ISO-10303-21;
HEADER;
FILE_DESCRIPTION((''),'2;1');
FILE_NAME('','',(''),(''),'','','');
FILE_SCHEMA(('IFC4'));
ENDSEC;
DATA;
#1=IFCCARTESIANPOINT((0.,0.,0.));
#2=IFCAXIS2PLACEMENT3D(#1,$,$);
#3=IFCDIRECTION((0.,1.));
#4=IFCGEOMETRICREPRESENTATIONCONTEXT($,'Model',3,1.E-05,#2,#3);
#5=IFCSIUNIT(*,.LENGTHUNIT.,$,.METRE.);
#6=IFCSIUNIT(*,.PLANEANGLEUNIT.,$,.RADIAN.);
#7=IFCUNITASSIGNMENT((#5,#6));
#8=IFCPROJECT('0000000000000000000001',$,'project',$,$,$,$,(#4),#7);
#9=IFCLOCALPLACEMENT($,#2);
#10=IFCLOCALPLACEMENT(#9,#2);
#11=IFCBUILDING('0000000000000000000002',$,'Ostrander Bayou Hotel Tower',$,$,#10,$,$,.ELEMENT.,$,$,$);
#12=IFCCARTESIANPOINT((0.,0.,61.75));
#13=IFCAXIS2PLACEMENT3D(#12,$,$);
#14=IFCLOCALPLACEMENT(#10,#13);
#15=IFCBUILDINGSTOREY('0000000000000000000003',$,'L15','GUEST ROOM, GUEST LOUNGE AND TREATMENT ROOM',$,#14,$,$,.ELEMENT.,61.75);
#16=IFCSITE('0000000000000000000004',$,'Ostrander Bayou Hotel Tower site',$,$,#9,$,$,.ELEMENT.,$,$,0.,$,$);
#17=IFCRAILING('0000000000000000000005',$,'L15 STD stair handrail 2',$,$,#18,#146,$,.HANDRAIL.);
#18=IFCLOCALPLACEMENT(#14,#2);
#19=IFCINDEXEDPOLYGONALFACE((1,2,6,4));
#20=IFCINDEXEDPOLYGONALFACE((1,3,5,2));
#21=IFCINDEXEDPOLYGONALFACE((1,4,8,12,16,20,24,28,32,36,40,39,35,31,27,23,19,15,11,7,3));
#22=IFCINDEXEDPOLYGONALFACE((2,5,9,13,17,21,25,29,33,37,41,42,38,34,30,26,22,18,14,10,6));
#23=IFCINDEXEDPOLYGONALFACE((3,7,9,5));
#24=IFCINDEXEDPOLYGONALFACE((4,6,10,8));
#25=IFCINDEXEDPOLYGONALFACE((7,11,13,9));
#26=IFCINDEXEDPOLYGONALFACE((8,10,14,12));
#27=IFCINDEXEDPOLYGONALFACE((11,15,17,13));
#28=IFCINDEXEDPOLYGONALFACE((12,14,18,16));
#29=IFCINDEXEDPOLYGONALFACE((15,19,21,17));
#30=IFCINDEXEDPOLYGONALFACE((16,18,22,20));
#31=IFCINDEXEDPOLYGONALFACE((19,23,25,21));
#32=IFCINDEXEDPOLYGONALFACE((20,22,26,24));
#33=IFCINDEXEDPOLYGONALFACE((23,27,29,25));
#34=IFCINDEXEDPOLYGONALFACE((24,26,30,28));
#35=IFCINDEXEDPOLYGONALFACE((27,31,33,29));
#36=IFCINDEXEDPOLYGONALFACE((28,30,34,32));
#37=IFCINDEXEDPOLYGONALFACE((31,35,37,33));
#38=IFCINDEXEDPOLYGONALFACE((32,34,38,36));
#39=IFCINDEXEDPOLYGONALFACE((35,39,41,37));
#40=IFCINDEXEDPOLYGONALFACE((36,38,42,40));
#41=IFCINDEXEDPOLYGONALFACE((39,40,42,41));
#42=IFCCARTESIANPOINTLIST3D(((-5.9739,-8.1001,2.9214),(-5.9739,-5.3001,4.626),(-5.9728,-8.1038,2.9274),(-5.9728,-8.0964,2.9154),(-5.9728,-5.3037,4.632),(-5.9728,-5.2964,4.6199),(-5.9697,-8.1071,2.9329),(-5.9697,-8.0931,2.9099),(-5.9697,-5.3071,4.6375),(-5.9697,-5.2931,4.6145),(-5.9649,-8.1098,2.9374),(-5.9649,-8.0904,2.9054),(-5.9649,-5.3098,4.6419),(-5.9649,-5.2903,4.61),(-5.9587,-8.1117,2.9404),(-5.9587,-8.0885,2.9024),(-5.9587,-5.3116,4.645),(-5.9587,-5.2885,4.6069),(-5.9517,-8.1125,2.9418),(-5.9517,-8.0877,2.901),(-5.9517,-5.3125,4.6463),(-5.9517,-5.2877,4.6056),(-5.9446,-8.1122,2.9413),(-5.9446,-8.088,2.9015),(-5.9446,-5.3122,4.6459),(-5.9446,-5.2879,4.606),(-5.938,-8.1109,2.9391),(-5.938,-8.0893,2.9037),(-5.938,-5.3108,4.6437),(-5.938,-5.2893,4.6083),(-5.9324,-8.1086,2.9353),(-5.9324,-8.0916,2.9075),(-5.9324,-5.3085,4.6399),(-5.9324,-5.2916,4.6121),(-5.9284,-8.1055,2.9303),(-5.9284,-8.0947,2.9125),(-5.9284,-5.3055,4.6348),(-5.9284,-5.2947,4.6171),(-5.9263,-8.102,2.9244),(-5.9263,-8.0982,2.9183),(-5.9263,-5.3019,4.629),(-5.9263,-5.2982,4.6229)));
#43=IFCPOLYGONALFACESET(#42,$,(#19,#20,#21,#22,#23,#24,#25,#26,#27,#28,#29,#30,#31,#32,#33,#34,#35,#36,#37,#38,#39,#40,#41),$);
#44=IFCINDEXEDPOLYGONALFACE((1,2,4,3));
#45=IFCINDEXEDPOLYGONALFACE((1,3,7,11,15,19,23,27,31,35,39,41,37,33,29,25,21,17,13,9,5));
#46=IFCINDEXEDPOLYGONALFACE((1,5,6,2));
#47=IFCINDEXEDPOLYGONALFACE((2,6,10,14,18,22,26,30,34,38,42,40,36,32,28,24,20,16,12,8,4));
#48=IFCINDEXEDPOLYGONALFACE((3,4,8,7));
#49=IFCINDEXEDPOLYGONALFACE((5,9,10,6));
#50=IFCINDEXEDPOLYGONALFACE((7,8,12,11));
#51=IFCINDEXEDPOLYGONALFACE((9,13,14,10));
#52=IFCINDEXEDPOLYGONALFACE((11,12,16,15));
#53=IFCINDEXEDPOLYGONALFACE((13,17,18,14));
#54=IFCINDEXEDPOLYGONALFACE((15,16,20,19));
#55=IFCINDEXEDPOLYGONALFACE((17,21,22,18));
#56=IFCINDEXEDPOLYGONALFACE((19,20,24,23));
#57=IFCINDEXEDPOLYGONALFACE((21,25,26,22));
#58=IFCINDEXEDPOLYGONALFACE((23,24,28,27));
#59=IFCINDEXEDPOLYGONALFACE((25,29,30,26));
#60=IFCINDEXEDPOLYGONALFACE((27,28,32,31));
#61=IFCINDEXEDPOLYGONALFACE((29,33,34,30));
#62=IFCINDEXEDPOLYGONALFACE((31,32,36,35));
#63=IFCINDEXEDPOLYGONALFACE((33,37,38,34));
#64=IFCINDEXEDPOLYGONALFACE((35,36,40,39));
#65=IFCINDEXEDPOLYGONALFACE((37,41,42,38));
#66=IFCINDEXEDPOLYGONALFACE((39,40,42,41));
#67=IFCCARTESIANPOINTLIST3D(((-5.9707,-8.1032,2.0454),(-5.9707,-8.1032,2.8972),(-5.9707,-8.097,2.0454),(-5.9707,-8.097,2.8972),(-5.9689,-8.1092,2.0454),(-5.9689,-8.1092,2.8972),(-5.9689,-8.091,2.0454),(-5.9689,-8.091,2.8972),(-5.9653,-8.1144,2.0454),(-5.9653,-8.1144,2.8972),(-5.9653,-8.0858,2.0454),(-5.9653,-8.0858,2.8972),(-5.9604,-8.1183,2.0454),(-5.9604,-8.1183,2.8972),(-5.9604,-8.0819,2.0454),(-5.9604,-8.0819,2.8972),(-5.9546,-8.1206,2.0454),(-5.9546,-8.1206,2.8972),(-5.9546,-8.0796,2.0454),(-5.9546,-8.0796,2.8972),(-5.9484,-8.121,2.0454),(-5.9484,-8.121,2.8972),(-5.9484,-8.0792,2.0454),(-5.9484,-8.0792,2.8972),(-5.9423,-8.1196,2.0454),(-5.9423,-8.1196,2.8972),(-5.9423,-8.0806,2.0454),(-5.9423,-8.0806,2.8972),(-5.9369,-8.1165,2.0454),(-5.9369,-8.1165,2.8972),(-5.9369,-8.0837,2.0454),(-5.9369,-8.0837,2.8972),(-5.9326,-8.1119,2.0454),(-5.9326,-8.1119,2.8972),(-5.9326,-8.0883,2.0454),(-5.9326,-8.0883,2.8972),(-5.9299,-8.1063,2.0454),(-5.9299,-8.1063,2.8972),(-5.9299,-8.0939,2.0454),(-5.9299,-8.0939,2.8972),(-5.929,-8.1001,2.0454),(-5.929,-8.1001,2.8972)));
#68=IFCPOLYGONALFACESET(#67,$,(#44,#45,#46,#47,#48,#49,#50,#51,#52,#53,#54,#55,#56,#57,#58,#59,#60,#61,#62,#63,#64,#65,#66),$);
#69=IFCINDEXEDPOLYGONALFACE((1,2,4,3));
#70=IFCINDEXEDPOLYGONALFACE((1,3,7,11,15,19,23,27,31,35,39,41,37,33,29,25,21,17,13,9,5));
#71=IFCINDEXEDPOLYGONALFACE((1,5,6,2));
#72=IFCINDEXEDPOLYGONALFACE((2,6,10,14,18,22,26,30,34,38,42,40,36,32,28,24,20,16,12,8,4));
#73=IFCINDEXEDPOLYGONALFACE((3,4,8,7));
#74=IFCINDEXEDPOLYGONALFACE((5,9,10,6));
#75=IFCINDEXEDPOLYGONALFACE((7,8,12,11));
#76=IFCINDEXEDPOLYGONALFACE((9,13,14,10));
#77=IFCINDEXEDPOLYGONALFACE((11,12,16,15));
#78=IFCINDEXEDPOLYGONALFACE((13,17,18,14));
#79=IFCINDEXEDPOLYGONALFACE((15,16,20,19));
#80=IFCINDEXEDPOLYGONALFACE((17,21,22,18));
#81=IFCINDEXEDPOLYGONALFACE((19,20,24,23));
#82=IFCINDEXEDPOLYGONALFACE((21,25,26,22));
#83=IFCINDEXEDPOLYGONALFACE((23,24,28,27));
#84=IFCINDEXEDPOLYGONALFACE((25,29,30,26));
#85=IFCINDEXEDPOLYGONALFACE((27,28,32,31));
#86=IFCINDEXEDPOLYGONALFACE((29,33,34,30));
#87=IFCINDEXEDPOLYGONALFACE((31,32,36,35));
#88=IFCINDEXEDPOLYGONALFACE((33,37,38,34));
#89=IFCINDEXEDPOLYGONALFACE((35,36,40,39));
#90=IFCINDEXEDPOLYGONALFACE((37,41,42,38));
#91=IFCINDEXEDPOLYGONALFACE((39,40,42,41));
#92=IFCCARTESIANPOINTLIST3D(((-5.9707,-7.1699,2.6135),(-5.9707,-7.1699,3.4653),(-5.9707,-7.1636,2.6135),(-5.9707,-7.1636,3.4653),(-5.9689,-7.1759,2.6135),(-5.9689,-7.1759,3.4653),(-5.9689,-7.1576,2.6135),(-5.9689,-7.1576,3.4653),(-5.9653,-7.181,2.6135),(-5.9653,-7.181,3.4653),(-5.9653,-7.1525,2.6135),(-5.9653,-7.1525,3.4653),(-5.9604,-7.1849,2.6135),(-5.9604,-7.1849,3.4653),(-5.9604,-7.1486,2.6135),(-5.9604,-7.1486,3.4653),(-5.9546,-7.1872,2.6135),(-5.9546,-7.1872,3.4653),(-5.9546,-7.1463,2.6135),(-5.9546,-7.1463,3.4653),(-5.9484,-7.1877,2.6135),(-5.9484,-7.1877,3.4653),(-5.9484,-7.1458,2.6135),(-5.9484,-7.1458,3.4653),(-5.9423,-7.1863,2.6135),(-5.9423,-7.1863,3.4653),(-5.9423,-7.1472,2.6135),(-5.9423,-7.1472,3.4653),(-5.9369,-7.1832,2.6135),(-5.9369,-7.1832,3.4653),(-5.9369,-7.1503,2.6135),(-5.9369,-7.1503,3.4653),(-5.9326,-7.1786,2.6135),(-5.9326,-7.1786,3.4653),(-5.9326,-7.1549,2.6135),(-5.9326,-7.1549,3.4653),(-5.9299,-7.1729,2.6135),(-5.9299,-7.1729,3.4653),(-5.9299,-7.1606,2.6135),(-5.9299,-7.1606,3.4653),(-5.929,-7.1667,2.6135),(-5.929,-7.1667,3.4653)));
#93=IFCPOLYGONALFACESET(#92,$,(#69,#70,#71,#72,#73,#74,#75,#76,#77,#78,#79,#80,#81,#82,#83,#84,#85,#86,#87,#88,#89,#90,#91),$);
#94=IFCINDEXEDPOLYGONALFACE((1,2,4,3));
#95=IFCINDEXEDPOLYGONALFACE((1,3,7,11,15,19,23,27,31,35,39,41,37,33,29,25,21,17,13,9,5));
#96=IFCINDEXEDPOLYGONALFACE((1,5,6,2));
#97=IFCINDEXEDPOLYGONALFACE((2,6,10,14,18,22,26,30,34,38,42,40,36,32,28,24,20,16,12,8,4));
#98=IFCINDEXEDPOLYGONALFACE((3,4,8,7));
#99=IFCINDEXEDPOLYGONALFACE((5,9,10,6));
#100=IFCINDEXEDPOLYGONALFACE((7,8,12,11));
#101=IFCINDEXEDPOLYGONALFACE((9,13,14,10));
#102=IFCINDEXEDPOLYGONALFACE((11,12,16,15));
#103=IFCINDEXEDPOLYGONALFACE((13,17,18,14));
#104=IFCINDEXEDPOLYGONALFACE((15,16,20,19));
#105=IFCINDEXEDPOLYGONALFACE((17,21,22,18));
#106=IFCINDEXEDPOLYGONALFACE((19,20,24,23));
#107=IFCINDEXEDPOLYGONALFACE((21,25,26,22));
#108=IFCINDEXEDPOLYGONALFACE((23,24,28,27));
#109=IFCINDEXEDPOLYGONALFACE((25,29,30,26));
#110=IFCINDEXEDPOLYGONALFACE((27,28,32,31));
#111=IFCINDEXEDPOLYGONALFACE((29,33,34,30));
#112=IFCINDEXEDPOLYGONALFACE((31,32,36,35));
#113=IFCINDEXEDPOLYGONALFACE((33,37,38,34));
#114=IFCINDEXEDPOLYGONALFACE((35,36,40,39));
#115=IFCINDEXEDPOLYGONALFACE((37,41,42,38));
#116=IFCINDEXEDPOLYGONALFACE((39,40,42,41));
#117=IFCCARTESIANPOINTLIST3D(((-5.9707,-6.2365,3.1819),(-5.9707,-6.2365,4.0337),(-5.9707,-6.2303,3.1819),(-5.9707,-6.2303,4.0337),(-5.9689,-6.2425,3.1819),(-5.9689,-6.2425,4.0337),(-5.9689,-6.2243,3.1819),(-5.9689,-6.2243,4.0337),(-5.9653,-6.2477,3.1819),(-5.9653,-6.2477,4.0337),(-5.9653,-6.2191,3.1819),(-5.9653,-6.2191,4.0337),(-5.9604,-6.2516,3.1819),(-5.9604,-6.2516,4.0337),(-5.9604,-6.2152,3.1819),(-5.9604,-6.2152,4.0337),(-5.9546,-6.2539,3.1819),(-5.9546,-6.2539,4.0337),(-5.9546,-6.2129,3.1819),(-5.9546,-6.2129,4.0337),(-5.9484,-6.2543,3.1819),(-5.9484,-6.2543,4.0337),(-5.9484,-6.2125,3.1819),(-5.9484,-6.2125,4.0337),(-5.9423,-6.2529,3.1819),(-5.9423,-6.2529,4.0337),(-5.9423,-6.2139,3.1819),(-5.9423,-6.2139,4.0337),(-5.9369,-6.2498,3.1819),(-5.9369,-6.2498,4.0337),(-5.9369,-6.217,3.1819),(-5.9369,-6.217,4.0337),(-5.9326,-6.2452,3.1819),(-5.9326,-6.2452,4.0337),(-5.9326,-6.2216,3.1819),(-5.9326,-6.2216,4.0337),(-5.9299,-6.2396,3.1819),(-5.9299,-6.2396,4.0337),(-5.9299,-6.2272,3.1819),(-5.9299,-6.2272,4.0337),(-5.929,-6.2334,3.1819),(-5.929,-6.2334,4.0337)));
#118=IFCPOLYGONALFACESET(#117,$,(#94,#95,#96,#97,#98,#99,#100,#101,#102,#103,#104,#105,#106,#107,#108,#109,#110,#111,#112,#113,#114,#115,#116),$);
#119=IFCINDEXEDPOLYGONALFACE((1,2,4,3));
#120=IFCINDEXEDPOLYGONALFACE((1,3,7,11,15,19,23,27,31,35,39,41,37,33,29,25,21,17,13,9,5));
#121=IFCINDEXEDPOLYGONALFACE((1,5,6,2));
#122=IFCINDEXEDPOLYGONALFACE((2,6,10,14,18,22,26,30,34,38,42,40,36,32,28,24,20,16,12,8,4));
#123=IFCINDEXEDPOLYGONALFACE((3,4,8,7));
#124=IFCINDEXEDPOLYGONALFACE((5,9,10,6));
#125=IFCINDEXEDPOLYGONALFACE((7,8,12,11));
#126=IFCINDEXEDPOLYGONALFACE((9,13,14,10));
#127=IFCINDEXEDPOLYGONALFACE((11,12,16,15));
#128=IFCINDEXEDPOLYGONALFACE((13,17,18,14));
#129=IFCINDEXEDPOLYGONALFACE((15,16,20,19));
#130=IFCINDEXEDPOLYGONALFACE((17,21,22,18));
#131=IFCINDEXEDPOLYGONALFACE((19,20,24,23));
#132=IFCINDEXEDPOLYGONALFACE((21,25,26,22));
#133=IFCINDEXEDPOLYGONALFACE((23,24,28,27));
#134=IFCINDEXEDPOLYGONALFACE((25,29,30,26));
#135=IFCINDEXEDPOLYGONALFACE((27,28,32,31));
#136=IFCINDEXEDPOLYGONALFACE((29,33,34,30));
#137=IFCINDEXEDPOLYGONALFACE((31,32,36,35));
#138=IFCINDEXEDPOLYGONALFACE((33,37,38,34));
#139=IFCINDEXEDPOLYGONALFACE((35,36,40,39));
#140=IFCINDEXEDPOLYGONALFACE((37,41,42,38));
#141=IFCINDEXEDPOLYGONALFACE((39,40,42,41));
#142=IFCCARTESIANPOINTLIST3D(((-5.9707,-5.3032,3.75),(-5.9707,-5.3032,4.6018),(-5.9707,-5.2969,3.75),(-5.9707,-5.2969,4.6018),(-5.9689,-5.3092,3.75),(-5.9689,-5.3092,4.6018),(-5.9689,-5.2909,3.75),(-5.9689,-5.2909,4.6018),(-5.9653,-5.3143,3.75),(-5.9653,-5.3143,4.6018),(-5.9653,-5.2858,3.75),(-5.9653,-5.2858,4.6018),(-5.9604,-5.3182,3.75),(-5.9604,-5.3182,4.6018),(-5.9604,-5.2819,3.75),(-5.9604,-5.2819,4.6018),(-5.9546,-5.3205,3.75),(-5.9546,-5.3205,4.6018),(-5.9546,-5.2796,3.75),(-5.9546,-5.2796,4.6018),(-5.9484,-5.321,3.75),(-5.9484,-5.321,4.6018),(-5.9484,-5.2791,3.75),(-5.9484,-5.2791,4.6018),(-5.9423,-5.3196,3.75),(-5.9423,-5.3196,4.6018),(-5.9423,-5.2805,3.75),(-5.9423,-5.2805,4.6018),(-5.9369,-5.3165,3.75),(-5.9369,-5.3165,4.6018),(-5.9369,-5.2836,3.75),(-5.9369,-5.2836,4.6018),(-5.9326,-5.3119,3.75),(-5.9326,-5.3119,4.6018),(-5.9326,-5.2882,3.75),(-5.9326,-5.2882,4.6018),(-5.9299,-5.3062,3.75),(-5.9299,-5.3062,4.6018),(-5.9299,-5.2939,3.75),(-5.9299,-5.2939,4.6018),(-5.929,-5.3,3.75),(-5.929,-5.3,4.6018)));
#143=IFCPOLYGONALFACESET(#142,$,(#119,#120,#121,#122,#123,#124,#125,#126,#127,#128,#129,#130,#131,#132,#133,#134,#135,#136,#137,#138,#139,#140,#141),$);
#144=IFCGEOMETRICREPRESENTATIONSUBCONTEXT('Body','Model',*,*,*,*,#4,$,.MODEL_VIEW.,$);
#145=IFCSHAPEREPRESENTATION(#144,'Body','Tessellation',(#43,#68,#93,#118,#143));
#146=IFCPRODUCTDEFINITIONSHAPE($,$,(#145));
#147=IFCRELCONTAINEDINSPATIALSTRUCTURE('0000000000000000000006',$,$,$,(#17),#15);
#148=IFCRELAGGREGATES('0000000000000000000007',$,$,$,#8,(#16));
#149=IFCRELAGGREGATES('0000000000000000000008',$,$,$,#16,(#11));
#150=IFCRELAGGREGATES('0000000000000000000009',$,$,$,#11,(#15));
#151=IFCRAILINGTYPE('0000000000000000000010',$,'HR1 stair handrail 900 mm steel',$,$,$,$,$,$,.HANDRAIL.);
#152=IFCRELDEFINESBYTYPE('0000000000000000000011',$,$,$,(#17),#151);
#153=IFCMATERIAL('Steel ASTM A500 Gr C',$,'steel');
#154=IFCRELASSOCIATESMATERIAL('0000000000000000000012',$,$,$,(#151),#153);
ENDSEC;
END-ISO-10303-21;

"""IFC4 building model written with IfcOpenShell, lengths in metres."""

from ifc_helpers import new_model, si_unit, direction, frame, origin, origin_2d, place, context, subcontext, project, spatial, circle, extrude, material, type_object, element, save


model = new_model("IFC4")

# Units and contexts
model_context = context("Model", 3, precision=1e-05, world=origin(), true_north=direction((0.0, 1.0)))
body_context = subcontext(model_context, "Body", "Model", "MODEL_VIEW")
ifc_project = project(units=[si_unit("LENGTHUNIT", "METRE"), si_unit("PLANEANGLEUNIT", "RADIAN")], contexts=[model_context])

# Site, building, storey
site_placement = place(None, origin())
site = spatial("IfcSite", under=ifc_project, at=site_placement, Name="Ostrander Bayou Hotel Tower site", CompositionType="ELEMENT", RefElevation=0.0)
building_placement = place(site_placement, origin())
building = spatial("IfcBuilding", under=site, at=building_placement, Name="Ostrander Bayou Hotel Tower", CompositionType="ELEMENT")
storey_placement = place(building_placement, frame((0.0, 0.0, 61.75)))
storey = spatial("IfcBuildingStorey", under=building, at=storey_placement, Name="L15", Description="GUEST ROOM, GUEST LOUNGE AND TREATMENT ROOM", CompositionType="ELEMENT", Elevation=61.75)

# Railing
ifc_material_1 = material(Name="Steel ASTM A500 Gr C", Category="steel")
railing_type_1 = type_object("IfcRailingType", Name="HR1 stair handrail 900 mm steel", PredefinedType="HANDRAIL", material=ifc_material_1)
railing_1_placement = place(storey_placement, frame((-5.95, -8.1001, 2.0454)))
element("IfcRailing", 1, at=railing_1_placement, inside=storey, type_object=railing_type_1, Name="L15 STD stair handrail 2", PredefinedType="HANDRAIL", context=body_context, shape_type="SweptSolid", body=[
    extrude(circle(Radius=0.0239, at=origin_2d()), frame((0.0, 0.0, 0.876), z_axis=(0.0, 0.85417, 0.519994), x_axis=(-1.0, 0.0, 0.0)), (0.0, 0.0, 1.0), 3.2781),
    extrude(circle(Radius=0.021, at=origin_2d()), origin(), (0.0, 0.0, 1.0), 0.8518),
    extrude(circle(Radius=0.021, at=origin_2d()), frame((0.0, 0.9333, 0.5681)), (0.0, 0.0, 1.0), 0.8518),
    extrude(circle(Radius=0.021, at=origin_2d()), frame((0.0, 1.8667, 1.1365)), (0.0, 0.0, 1.0), 0.8518),
    extrude(circle(Radius=0.021, at=origin_2d()), frame((0.0, 2.8, 1.7046)), (0.0, 0.0, 1.0), 0.8518),
])

save(model, "model.ifc")
